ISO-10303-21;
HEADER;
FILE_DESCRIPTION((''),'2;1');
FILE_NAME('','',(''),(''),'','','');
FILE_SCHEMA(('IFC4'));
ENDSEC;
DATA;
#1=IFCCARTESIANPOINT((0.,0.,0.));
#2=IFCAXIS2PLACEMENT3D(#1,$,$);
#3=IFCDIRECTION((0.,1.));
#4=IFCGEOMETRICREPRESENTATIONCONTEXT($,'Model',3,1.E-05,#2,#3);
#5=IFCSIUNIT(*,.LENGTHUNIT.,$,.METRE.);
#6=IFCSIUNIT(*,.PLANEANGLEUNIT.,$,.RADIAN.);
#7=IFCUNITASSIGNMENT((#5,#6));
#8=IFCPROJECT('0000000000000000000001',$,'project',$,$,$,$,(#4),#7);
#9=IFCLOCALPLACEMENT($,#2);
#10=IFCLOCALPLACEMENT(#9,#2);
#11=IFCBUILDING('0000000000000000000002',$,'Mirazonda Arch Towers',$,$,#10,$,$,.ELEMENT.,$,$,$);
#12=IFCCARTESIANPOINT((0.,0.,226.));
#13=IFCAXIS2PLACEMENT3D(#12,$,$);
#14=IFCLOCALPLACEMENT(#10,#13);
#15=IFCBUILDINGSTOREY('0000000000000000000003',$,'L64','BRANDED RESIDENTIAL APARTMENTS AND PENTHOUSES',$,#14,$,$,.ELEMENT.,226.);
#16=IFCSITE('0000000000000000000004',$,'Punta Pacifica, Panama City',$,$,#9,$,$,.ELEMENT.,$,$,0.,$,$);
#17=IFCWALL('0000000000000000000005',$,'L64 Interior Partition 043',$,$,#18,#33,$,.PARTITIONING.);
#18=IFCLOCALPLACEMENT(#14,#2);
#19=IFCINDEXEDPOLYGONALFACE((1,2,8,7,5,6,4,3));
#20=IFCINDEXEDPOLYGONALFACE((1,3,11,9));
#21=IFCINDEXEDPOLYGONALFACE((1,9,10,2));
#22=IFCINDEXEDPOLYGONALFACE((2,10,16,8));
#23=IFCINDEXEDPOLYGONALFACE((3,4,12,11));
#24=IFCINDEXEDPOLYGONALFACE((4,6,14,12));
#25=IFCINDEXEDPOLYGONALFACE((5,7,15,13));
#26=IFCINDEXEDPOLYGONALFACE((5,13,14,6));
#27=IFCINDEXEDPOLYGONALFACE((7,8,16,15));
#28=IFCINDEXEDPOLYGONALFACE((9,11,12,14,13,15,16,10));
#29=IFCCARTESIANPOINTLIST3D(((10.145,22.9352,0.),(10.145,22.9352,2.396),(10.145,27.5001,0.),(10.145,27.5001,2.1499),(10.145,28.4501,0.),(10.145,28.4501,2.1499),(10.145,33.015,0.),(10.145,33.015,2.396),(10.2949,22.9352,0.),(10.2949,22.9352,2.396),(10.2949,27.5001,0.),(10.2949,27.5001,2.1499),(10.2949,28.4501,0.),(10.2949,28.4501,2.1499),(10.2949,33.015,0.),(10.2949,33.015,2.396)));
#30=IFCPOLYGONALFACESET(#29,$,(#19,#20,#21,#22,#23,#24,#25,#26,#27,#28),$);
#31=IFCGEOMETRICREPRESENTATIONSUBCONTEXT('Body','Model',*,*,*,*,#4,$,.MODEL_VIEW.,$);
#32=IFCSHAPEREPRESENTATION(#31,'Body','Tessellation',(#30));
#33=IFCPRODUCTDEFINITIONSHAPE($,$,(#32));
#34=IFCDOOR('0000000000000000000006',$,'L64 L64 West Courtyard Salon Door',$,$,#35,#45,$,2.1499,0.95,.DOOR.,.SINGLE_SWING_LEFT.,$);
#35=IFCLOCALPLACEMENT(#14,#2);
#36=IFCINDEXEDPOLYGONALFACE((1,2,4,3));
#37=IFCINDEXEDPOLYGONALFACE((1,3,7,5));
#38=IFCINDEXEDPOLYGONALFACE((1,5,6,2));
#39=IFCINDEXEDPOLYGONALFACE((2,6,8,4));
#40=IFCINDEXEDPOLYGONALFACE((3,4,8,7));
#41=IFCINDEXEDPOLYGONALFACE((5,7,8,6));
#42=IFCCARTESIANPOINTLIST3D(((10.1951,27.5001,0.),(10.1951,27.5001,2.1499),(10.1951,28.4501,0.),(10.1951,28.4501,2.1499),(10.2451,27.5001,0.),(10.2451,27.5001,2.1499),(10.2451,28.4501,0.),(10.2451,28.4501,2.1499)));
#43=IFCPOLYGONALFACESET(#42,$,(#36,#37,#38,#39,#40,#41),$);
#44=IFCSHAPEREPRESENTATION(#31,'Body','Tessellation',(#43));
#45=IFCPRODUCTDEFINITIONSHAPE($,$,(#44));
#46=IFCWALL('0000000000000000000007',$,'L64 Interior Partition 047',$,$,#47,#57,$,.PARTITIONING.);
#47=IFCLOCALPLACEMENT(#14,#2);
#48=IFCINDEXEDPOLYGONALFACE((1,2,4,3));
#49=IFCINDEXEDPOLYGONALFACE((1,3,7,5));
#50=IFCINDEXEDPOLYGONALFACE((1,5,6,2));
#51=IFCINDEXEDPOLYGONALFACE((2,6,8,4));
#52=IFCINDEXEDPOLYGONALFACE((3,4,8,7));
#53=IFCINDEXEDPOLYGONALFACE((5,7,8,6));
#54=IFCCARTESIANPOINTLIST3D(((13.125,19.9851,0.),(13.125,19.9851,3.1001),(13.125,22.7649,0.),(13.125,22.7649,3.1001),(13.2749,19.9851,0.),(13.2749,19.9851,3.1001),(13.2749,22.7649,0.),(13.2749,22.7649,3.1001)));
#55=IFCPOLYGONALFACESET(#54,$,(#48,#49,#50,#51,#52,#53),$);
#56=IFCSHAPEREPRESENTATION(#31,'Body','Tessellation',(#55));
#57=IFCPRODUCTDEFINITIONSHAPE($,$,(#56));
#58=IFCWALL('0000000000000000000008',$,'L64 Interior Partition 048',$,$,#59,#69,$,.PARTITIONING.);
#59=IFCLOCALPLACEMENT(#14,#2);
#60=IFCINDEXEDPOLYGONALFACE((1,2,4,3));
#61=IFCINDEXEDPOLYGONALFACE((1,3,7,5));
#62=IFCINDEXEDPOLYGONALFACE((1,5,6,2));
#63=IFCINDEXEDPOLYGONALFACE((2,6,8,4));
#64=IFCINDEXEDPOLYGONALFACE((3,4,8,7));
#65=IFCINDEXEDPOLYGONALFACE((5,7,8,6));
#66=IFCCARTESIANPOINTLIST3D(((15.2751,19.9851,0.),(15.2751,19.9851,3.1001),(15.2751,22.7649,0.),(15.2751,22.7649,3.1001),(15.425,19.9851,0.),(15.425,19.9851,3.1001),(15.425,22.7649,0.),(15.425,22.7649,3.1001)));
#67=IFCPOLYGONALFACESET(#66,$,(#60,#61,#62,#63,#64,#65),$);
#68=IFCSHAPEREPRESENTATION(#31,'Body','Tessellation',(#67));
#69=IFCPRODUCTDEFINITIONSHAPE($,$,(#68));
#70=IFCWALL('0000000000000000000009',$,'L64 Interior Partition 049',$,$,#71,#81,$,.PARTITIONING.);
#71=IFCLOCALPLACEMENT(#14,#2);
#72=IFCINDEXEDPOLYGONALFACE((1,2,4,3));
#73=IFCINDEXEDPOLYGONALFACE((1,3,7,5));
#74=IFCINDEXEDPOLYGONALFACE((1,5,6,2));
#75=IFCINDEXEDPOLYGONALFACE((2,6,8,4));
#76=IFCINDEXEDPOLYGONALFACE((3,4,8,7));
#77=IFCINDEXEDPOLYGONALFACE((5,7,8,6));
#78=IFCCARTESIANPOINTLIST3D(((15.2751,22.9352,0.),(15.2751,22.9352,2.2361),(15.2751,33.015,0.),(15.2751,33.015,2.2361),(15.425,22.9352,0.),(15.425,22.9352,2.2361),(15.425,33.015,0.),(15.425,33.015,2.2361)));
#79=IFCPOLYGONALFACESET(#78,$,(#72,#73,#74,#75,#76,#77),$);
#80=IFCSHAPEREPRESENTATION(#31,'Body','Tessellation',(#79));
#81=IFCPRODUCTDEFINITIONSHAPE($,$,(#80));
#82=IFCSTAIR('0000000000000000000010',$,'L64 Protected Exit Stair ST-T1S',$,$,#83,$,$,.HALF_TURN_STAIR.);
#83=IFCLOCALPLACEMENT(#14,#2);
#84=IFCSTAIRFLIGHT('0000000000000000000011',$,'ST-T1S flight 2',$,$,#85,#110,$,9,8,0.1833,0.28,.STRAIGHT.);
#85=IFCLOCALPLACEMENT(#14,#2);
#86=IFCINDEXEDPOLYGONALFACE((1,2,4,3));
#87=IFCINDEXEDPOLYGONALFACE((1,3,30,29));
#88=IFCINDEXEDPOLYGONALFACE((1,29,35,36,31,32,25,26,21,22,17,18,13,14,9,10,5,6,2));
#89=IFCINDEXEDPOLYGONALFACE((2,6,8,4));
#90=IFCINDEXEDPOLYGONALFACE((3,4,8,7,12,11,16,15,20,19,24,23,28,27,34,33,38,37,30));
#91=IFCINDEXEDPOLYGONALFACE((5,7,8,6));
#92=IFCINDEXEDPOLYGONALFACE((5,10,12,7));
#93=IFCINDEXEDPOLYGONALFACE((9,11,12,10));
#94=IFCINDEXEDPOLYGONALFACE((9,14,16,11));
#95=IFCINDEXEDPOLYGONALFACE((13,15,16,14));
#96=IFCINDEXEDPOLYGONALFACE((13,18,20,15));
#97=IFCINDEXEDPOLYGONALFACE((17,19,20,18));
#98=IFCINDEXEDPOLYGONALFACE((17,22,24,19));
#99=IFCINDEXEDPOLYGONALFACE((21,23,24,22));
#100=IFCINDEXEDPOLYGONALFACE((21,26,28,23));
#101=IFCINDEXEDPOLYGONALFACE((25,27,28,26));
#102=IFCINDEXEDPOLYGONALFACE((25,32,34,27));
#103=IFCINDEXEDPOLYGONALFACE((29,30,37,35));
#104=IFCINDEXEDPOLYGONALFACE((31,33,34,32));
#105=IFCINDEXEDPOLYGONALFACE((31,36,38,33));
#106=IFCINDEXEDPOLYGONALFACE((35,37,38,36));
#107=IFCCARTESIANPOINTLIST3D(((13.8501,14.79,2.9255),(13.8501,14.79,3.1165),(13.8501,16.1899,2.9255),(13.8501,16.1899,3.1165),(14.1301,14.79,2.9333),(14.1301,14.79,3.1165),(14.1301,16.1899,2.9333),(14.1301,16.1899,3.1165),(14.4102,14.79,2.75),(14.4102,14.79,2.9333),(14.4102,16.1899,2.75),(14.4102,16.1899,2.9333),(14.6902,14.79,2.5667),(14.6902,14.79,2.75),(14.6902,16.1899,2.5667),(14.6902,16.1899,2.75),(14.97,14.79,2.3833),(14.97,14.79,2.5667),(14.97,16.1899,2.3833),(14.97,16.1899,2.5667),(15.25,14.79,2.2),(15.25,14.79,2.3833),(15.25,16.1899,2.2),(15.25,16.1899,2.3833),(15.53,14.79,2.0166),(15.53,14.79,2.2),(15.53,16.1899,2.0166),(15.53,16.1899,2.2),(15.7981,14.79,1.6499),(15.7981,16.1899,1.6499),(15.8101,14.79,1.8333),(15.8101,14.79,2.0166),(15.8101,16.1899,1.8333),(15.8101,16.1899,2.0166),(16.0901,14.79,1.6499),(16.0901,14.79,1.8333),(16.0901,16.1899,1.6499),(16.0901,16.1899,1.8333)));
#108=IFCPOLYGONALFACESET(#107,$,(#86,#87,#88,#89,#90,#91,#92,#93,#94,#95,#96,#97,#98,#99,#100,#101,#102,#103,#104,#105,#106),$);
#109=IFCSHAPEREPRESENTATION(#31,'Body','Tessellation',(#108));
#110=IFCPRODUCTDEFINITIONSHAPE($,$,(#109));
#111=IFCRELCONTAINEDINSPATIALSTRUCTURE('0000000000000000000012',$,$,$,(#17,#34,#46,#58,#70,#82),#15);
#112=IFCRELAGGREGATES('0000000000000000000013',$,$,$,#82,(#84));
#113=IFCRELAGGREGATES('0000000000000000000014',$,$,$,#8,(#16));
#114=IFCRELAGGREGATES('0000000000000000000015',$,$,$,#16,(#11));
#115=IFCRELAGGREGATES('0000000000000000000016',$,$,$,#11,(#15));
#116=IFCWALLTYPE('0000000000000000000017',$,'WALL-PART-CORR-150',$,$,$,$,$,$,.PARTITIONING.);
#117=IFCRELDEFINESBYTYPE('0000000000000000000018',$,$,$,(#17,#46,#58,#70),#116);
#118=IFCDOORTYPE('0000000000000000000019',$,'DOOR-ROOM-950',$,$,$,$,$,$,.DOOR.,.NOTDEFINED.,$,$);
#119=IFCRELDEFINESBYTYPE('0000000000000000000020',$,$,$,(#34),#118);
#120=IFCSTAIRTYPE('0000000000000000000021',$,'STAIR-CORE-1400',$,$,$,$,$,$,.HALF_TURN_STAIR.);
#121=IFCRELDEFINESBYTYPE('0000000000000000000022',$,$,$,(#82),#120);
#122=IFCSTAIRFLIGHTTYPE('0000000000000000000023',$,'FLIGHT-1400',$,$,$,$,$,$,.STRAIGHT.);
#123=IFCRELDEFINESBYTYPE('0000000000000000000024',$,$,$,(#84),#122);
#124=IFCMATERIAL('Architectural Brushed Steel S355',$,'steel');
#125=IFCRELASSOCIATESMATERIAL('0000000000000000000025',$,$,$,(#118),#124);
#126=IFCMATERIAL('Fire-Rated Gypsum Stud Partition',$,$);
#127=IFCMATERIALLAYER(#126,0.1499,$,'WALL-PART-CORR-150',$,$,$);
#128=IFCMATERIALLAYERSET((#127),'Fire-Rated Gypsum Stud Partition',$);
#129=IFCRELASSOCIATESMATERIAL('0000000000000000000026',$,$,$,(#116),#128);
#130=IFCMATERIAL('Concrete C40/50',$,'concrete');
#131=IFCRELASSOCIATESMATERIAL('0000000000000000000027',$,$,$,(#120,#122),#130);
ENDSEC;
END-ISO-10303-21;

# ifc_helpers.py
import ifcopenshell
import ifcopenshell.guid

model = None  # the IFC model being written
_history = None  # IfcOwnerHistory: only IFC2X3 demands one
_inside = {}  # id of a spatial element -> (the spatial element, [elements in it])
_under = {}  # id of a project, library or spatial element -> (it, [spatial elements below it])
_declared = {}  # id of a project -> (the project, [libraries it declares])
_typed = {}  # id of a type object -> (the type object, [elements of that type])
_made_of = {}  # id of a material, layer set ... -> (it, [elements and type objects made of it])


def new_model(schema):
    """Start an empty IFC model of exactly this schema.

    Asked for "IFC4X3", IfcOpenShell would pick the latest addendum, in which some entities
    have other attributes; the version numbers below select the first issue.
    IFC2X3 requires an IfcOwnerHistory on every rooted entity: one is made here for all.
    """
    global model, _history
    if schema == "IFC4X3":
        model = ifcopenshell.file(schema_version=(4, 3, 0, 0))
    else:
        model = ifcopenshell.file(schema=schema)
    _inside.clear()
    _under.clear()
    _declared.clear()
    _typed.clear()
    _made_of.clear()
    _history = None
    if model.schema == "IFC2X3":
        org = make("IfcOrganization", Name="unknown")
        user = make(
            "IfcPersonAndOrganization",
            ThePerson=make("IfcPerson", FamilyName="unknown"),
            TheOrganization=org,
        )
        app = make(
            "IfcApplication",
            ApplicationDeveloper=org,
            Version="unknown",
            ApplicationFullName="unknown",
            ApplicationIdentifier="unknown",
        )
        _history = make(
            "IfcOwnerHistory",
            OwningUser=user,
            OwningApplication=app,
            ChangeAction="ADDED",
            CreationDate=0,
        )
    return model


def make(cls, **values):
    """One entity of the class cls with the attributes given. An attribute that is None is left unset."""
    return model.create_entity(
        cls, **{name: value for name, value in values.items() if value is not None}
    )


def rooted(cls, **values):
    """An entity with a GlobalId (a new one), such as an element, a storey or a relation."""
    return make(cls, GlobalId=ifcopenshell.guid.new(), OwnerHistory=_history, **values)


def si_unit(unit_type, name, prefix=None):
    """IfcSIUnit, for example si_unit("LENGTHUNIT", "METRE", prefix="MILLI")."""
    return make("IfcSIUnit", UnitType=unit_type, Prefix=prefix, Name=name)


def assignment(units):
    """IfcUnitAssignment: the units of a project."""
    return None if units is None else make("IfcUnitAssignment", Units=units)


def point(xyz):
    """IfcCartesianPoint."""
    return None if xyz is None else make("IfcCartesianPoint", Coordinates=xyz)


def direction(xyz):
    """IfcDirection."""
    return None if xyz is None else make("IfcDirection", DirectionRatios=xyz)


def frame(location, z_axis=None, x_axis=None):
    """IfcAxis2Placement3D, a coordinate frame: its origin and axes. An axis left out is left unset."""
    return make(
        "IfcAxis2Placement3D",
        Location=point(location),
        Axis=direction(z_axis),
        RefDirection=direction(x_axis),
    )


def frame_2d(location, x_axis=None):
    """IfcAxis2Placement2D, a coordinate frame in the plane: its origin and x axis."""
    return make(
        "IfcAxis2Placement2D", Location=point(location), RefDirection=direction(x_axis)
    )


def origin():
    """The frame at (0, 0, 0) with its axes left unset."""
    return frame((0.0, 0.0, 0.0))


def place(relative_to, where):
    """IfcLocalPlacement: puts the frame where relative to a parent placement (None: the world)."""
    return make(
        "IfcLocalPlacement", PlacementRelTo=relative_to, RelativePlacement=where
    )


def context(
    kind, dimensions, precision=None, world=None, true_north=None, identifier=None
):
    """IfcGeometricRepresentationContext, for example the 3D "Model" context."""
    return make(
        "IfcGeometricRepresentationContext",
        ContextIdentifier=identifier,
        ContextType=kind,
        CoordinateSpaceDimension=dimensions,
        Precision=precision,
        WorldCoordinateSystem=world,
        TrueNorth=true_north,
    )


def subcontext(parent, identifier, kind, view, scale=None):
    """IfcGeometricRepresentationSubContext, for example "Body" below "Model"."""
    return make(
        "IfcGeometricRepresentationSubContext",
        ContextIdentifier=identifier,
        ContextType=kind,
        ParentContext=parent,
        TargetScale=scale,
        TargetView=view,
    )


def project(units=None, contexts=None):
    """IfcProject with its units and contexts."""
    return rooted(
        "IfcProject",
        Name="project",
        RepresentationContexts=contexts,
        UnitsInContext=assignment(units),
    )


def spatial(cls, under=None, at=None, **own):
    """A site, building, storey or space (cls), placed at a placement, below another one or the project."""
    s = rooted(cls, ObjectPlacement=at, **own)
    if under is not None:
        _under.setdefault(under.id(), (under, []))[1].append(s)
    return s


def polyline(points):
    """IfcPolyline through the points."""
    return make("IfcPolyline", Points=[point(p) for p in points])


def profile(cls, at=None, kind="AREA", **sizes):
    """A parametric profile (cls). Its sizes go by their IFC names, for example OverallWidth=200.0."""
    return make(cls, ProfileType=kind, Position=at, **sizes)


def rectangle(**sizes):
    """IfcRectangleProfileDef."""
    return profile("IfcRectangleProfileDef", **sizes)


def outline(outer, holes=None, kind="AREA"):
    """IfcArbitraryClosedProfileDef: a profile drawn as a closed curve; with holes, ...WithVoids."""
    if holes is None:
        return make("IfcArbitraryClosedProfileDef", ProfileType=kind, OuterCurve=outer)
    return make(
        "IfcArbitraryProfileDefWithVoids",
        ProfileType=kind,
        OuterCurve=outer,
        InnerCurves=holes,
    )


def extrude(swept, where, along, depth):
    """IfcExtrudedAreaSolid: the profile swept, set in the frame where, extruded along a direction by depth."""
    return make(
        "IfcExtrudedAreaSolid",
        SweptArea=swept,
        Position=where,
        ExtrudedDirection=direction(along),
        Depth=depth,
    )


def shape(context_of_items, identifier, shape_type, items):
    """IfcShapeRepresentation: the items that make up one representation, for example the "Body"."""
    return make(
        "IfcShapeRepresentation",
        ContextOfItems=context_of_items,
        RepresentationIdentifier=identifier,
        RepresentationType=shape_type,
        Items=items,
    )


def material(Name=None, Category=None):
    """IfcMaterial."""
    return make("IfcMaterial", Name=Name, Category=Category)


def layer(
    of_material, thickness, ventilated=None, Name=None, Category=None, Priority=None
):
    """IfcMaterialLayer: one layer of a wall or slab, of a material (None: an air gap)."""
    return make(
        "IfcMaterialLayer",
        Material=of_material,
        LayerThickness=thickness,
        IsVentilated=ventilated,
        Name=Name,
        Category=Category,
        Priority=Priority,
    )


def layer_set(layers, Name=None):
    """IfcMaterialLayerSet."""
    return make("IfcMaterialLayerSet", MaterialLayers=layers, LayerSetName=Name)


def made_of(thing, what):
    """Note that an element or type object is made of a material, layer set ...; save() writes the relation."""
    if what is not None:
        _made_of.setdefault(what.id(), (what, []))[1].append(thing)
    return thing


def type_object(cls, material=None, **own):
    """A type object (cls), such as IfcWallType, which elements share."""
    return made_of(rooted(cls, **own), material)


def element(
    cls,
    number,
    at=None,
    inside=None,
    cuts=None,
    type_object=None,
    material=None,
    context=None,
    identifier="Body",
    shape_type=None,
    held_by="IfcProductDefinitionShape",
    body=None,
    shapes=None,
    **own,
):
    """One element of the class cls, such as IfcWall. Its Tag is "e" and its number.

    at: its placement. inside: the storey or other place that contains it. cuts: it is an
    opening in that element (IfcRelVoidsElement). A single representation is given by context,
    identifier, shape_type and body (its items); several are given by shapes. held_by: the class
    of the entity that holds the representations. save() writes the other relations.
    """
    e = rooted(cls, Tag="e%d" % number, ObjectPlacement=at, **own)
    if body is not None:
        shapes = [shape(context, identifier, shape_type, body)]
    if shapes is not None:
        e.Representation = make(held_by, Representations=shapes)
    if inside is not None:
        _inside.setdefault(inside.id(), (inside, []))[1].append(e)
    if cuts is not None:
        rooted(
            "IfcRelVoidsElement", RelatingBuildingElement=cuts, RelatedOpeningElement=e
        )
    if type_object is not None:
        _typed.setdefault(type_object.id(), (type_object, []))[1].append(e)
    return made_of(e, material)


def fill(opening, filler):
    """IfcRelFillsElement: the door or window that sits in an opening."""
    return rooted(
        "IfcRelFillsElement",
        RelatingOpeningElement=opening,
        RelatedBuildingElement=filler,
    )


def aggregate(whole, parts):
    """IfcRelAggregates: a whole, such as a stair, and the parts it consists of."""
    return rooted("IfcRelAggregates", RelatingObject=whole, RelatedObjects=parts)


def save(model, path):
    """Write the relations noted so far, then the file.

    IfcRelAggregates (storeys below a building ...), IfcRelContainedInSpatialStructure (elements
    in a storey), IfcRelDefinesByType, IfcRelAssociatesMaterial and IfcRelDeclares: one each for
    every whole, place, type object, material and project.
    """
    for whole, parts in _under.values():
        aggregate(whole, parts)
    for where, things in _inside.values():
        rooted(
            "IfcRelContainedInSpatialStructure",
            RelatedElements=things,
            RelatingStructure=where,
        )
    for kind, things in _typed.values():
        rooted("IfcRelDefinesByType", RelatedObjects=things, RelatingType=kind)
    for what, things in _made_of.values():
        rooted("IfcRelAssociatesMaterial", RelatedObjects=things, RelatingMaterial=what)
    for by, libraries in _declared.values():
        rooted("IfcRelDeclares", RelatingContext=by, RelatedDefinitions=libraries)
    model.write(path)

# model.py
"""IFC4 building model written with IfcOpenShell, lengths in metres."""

from ifc_helpers import new_model, si_unit, direction, frame, frame_2d, origin, place, context, subcontext, project, spatial, polyline, rectangle, outline, extrude, material, layer, layer_set, type_object, element, fill, aggregate, save


model = new_model("IFC4")

# Units and contexts
model_context = context("Model", 3, precision=1e-05, world=origin(), true_north=direction((0.0, 1.0)))
body_context = subcontext(model_context, "Body", "Model", "MODEL_VIEW")
ifc_project = project(units=[si_unit("LENGTHUNIT", "METRE"), si_unit("PLANEANGLEUNIT", "RADIAN")], contexts=[model_context])

# Site, building, storey
site_placement = place(None, origin())
site = spatial("IfcSite", under=ifc_project, at=site_placement, Name="Punta Pacifica, Panama City", CompositionType="ELEMENT", RefElevation=0.0)
building_placement = place(site_placement, origin())
building = spatial("IfcBuilding", under=site, at=building_placement, Name="Mirazonda Arch Towers", CompositionType="ELEMENT")
storey_placement = place(building_placement, frame((0.0, 0.0, 226.0)))
storey = spatial("IfcBuildingStorey", under=building, at=storey_placement, Name="L64", Description="BRANDED RESIDENTIAL APARTMENTS AND PENTHOUSES", CompositionType="ELEMENT", Elevation=226.0)

# Shared definitions
ifc_material_1 = material(Name="Architectural Brushed Steel S355", Category="steel")
door_type_1 = type_object("IfcDoorType", Name="DOOR-ROOM-950", OperationType="NOTDEFINED", PredefinedType="DOOR", material=ifc_material_1)

# Shared definitions
ifc_material_2 = material(Name="Fire-Rated Gypsum Stud Partition")
ifc_layer_1 = layer(ifc_material_2, 0.1499, Name="WALL-PART-CORR-150")
ifc_layer_set_1 = layer_set([ifc_layer_1], Name="Fire-Rated Gypsum Stud Partition")
wall_type_1 = type_object("IfcWallType", Name="WALL-PART-CORR-150", PredefinedType="PARTITIONING", material=ifc_layer_set_1)

# Wall, opening, door
wall_1_placement = place(storey_placement, frame((10.22, 22.9351, 0.0), z_axis=(0.0, 0.0, 1.0), x_axis=(0.0, 1.0, 0.0)))
wall_1 = element("IfcWall", 1, at=wall_1_placement, inside=storey, type_object=wall_type_1, Name="L64 Interior Partition 043", PredefinedType="PARTITIONING", context=body_context, shape_type="SweptSolid", body=[
    extrude(rectangle(XDim=10.0798, YDim=0.1499, at=frame_2d((5.04, 0.0))), origin(), (0.0, 0.0, 1.0), 2.396),
])
opening_1_placement = place(wall_1_placement, frame((4.5649, 0.0, 0.0)))
opening_1 = element("IfcOpeningElement", 2, at=opening_1_placement, cuts=wall_1, PredefinedType="OPENING", context=body_context, shape_type="SweptSolid", body=[
    extrude(rectangle(XDim=0.95, YDim=2.1499, at=frame_2d((0.4751, 1.075))), frame((0.0, 0.085, 0.0), z_axis=(0.0, -1.0, 0.0), x_axis=(1.0, 0.0, 0.0)), (0.0, 0.0, 1.0), 0.1699),
])
door_1_placement = place(opening_1_placement, origin())
door_1 = element("IfcDoor", 3, at=door_1_placement, inside=storey, type_object=door_type_1, Name="L64 L64 West Courtyard Salon Door", OperationType="SINGLE_SWING_LEFT", OverallHeight=2.1499, OverallWidth=0.95, PredefinedType="DOOR", context=body_context, shape_type="SweptSolid", body=[
    extrude(rectangle(XDim=0.95, YDim=2.1499, at=frame_2d((0.4751, 1.075))), frame((0.0, 0.0249, 0.0), z_axis=(0.0, -1.0, 0.0), x_axis=(1.0, 0.0, 0.0)), (0.0, 0.0, 1.0), 0.05),
])
fill(opening_1, door_1)

# Walls
for number, where, z_axis, x_axis, name in (
    (4, (13.2, 19.9851, 0.0), (0.0, 0.0, 1.0), (0.0, 1.0, 0.0), "L64 Interior Partition 047"),
    (5, (15.3501, 19.9851, 0.0), (0.0, 0.0, 1.0), (0.0, 1.0, 0.0), "L64 Interior Partition 048"),
):
    element("IfcWall", number, at=place(storey_placement, frame(where, z_axis=z_axis, x_axis=x_axis)), inside=storey, type_object=wall_type_1, Name=name, PredefinedType="PARTITIONING", context=body_context, shape_type="SweptSolid", body=[
        extrude(rectangle(XDim=2.7798, YDim=0.1499, at=frame_2d((1.3899, 0.0))), origin(), (0.0, 0.0, 1.0), 3.1001),
    ])
wall_2_placement = place(storey_placement, frame((15.3501, 22.9351, 0.0), z_axis=(0.0, 0.0, 1.0), x_axis=(0.0, 1.0, 0.0)))
element("IfcWall", 6, at=wall_2_placement, inside=storey, type_object=wall_type_1, Name="L64 Interior Partition 049", PredefinedType="PARTITIONING", context=body_context, shape_type="SweptSolid", body=[
    extrude(rectangle(XDim=10.0798, YDim=0.1499, at=frame_2d((5.04, 0.0))), origin(), (0.0, 0.0, 1.0), 2.2361),
])

# Stair, stair flight
ifc_material_3 = material(Name="Concrete C40/50", Category="concrete")
stair_type = type_object("IfcStairType", Name="STAIR-CORE-1400", PredefinedType="HALF_TURN_STAIR", material=ifc_material_3)
stair_placement = place(storey_placement, origin())
stair = element("IfcStair", 7, at=stair_placement, inside=storey, type_object=stair_type, Name="L64 Protected Exit Stair ST-T1S", PredefinedType="HALF_TURN_STAIR")
stair_flight_type = type_object("IfcStairFlightType", Name="FLIGHT-1400", PredefinedType="STRAIGHT", material=ifc_material_3)
stair_flight_placement = place(storey_placement, frame((16.0901, 15.49, 1.6499), z_axis=(0.0, 0.0, 1.0), x_axis=(-1.0, 0.0, 0.0)))
stair_flight = element("IfcStairFlight", 8, at=stair_flight_placement, type_object=stair_flight_type, Name="ST-T1S flight 2", NumberOfRisers=9, NumberOfTreads=8, PredefinedType="STRAIGHT", RiserHeight=0.1833, TreadLength=0.28, context=body_context, shape_type="SweptSolid", body=[
    extrude(outline(polyline([(0.0, 0.0), (0.0, 0.1833), (0.28, 0.1833), (0.28, 0.3667), (0.5601, 0.3667), (0.5601, 0.55), (0.8401, 0.55), (0.8401, 0.7334), (1.1201, 0.7334), (1.1201, 0.9167), (1.3999, 0.9167), (1.3999, 1.1001), (1.6799, 1.1001), (1.6799, 1.2834), (1.96, 1.2834), (1.96, 1.4666), (2.24, 1.4666), (2.24, 1.6499), (2.24, 1.2756), (0.292, 0.0), (0.0, 0.0)])), frame((0.0, 0.7, 0.0), z_axis=(0.0, -1.0, 0.0), x_axis=(1.0, 0.0, 0.0)), (0.0, 0.0, 1.0), 1.3999),
])
aggregate(stair, [stair_flight])

save(model, "model.ifc")
